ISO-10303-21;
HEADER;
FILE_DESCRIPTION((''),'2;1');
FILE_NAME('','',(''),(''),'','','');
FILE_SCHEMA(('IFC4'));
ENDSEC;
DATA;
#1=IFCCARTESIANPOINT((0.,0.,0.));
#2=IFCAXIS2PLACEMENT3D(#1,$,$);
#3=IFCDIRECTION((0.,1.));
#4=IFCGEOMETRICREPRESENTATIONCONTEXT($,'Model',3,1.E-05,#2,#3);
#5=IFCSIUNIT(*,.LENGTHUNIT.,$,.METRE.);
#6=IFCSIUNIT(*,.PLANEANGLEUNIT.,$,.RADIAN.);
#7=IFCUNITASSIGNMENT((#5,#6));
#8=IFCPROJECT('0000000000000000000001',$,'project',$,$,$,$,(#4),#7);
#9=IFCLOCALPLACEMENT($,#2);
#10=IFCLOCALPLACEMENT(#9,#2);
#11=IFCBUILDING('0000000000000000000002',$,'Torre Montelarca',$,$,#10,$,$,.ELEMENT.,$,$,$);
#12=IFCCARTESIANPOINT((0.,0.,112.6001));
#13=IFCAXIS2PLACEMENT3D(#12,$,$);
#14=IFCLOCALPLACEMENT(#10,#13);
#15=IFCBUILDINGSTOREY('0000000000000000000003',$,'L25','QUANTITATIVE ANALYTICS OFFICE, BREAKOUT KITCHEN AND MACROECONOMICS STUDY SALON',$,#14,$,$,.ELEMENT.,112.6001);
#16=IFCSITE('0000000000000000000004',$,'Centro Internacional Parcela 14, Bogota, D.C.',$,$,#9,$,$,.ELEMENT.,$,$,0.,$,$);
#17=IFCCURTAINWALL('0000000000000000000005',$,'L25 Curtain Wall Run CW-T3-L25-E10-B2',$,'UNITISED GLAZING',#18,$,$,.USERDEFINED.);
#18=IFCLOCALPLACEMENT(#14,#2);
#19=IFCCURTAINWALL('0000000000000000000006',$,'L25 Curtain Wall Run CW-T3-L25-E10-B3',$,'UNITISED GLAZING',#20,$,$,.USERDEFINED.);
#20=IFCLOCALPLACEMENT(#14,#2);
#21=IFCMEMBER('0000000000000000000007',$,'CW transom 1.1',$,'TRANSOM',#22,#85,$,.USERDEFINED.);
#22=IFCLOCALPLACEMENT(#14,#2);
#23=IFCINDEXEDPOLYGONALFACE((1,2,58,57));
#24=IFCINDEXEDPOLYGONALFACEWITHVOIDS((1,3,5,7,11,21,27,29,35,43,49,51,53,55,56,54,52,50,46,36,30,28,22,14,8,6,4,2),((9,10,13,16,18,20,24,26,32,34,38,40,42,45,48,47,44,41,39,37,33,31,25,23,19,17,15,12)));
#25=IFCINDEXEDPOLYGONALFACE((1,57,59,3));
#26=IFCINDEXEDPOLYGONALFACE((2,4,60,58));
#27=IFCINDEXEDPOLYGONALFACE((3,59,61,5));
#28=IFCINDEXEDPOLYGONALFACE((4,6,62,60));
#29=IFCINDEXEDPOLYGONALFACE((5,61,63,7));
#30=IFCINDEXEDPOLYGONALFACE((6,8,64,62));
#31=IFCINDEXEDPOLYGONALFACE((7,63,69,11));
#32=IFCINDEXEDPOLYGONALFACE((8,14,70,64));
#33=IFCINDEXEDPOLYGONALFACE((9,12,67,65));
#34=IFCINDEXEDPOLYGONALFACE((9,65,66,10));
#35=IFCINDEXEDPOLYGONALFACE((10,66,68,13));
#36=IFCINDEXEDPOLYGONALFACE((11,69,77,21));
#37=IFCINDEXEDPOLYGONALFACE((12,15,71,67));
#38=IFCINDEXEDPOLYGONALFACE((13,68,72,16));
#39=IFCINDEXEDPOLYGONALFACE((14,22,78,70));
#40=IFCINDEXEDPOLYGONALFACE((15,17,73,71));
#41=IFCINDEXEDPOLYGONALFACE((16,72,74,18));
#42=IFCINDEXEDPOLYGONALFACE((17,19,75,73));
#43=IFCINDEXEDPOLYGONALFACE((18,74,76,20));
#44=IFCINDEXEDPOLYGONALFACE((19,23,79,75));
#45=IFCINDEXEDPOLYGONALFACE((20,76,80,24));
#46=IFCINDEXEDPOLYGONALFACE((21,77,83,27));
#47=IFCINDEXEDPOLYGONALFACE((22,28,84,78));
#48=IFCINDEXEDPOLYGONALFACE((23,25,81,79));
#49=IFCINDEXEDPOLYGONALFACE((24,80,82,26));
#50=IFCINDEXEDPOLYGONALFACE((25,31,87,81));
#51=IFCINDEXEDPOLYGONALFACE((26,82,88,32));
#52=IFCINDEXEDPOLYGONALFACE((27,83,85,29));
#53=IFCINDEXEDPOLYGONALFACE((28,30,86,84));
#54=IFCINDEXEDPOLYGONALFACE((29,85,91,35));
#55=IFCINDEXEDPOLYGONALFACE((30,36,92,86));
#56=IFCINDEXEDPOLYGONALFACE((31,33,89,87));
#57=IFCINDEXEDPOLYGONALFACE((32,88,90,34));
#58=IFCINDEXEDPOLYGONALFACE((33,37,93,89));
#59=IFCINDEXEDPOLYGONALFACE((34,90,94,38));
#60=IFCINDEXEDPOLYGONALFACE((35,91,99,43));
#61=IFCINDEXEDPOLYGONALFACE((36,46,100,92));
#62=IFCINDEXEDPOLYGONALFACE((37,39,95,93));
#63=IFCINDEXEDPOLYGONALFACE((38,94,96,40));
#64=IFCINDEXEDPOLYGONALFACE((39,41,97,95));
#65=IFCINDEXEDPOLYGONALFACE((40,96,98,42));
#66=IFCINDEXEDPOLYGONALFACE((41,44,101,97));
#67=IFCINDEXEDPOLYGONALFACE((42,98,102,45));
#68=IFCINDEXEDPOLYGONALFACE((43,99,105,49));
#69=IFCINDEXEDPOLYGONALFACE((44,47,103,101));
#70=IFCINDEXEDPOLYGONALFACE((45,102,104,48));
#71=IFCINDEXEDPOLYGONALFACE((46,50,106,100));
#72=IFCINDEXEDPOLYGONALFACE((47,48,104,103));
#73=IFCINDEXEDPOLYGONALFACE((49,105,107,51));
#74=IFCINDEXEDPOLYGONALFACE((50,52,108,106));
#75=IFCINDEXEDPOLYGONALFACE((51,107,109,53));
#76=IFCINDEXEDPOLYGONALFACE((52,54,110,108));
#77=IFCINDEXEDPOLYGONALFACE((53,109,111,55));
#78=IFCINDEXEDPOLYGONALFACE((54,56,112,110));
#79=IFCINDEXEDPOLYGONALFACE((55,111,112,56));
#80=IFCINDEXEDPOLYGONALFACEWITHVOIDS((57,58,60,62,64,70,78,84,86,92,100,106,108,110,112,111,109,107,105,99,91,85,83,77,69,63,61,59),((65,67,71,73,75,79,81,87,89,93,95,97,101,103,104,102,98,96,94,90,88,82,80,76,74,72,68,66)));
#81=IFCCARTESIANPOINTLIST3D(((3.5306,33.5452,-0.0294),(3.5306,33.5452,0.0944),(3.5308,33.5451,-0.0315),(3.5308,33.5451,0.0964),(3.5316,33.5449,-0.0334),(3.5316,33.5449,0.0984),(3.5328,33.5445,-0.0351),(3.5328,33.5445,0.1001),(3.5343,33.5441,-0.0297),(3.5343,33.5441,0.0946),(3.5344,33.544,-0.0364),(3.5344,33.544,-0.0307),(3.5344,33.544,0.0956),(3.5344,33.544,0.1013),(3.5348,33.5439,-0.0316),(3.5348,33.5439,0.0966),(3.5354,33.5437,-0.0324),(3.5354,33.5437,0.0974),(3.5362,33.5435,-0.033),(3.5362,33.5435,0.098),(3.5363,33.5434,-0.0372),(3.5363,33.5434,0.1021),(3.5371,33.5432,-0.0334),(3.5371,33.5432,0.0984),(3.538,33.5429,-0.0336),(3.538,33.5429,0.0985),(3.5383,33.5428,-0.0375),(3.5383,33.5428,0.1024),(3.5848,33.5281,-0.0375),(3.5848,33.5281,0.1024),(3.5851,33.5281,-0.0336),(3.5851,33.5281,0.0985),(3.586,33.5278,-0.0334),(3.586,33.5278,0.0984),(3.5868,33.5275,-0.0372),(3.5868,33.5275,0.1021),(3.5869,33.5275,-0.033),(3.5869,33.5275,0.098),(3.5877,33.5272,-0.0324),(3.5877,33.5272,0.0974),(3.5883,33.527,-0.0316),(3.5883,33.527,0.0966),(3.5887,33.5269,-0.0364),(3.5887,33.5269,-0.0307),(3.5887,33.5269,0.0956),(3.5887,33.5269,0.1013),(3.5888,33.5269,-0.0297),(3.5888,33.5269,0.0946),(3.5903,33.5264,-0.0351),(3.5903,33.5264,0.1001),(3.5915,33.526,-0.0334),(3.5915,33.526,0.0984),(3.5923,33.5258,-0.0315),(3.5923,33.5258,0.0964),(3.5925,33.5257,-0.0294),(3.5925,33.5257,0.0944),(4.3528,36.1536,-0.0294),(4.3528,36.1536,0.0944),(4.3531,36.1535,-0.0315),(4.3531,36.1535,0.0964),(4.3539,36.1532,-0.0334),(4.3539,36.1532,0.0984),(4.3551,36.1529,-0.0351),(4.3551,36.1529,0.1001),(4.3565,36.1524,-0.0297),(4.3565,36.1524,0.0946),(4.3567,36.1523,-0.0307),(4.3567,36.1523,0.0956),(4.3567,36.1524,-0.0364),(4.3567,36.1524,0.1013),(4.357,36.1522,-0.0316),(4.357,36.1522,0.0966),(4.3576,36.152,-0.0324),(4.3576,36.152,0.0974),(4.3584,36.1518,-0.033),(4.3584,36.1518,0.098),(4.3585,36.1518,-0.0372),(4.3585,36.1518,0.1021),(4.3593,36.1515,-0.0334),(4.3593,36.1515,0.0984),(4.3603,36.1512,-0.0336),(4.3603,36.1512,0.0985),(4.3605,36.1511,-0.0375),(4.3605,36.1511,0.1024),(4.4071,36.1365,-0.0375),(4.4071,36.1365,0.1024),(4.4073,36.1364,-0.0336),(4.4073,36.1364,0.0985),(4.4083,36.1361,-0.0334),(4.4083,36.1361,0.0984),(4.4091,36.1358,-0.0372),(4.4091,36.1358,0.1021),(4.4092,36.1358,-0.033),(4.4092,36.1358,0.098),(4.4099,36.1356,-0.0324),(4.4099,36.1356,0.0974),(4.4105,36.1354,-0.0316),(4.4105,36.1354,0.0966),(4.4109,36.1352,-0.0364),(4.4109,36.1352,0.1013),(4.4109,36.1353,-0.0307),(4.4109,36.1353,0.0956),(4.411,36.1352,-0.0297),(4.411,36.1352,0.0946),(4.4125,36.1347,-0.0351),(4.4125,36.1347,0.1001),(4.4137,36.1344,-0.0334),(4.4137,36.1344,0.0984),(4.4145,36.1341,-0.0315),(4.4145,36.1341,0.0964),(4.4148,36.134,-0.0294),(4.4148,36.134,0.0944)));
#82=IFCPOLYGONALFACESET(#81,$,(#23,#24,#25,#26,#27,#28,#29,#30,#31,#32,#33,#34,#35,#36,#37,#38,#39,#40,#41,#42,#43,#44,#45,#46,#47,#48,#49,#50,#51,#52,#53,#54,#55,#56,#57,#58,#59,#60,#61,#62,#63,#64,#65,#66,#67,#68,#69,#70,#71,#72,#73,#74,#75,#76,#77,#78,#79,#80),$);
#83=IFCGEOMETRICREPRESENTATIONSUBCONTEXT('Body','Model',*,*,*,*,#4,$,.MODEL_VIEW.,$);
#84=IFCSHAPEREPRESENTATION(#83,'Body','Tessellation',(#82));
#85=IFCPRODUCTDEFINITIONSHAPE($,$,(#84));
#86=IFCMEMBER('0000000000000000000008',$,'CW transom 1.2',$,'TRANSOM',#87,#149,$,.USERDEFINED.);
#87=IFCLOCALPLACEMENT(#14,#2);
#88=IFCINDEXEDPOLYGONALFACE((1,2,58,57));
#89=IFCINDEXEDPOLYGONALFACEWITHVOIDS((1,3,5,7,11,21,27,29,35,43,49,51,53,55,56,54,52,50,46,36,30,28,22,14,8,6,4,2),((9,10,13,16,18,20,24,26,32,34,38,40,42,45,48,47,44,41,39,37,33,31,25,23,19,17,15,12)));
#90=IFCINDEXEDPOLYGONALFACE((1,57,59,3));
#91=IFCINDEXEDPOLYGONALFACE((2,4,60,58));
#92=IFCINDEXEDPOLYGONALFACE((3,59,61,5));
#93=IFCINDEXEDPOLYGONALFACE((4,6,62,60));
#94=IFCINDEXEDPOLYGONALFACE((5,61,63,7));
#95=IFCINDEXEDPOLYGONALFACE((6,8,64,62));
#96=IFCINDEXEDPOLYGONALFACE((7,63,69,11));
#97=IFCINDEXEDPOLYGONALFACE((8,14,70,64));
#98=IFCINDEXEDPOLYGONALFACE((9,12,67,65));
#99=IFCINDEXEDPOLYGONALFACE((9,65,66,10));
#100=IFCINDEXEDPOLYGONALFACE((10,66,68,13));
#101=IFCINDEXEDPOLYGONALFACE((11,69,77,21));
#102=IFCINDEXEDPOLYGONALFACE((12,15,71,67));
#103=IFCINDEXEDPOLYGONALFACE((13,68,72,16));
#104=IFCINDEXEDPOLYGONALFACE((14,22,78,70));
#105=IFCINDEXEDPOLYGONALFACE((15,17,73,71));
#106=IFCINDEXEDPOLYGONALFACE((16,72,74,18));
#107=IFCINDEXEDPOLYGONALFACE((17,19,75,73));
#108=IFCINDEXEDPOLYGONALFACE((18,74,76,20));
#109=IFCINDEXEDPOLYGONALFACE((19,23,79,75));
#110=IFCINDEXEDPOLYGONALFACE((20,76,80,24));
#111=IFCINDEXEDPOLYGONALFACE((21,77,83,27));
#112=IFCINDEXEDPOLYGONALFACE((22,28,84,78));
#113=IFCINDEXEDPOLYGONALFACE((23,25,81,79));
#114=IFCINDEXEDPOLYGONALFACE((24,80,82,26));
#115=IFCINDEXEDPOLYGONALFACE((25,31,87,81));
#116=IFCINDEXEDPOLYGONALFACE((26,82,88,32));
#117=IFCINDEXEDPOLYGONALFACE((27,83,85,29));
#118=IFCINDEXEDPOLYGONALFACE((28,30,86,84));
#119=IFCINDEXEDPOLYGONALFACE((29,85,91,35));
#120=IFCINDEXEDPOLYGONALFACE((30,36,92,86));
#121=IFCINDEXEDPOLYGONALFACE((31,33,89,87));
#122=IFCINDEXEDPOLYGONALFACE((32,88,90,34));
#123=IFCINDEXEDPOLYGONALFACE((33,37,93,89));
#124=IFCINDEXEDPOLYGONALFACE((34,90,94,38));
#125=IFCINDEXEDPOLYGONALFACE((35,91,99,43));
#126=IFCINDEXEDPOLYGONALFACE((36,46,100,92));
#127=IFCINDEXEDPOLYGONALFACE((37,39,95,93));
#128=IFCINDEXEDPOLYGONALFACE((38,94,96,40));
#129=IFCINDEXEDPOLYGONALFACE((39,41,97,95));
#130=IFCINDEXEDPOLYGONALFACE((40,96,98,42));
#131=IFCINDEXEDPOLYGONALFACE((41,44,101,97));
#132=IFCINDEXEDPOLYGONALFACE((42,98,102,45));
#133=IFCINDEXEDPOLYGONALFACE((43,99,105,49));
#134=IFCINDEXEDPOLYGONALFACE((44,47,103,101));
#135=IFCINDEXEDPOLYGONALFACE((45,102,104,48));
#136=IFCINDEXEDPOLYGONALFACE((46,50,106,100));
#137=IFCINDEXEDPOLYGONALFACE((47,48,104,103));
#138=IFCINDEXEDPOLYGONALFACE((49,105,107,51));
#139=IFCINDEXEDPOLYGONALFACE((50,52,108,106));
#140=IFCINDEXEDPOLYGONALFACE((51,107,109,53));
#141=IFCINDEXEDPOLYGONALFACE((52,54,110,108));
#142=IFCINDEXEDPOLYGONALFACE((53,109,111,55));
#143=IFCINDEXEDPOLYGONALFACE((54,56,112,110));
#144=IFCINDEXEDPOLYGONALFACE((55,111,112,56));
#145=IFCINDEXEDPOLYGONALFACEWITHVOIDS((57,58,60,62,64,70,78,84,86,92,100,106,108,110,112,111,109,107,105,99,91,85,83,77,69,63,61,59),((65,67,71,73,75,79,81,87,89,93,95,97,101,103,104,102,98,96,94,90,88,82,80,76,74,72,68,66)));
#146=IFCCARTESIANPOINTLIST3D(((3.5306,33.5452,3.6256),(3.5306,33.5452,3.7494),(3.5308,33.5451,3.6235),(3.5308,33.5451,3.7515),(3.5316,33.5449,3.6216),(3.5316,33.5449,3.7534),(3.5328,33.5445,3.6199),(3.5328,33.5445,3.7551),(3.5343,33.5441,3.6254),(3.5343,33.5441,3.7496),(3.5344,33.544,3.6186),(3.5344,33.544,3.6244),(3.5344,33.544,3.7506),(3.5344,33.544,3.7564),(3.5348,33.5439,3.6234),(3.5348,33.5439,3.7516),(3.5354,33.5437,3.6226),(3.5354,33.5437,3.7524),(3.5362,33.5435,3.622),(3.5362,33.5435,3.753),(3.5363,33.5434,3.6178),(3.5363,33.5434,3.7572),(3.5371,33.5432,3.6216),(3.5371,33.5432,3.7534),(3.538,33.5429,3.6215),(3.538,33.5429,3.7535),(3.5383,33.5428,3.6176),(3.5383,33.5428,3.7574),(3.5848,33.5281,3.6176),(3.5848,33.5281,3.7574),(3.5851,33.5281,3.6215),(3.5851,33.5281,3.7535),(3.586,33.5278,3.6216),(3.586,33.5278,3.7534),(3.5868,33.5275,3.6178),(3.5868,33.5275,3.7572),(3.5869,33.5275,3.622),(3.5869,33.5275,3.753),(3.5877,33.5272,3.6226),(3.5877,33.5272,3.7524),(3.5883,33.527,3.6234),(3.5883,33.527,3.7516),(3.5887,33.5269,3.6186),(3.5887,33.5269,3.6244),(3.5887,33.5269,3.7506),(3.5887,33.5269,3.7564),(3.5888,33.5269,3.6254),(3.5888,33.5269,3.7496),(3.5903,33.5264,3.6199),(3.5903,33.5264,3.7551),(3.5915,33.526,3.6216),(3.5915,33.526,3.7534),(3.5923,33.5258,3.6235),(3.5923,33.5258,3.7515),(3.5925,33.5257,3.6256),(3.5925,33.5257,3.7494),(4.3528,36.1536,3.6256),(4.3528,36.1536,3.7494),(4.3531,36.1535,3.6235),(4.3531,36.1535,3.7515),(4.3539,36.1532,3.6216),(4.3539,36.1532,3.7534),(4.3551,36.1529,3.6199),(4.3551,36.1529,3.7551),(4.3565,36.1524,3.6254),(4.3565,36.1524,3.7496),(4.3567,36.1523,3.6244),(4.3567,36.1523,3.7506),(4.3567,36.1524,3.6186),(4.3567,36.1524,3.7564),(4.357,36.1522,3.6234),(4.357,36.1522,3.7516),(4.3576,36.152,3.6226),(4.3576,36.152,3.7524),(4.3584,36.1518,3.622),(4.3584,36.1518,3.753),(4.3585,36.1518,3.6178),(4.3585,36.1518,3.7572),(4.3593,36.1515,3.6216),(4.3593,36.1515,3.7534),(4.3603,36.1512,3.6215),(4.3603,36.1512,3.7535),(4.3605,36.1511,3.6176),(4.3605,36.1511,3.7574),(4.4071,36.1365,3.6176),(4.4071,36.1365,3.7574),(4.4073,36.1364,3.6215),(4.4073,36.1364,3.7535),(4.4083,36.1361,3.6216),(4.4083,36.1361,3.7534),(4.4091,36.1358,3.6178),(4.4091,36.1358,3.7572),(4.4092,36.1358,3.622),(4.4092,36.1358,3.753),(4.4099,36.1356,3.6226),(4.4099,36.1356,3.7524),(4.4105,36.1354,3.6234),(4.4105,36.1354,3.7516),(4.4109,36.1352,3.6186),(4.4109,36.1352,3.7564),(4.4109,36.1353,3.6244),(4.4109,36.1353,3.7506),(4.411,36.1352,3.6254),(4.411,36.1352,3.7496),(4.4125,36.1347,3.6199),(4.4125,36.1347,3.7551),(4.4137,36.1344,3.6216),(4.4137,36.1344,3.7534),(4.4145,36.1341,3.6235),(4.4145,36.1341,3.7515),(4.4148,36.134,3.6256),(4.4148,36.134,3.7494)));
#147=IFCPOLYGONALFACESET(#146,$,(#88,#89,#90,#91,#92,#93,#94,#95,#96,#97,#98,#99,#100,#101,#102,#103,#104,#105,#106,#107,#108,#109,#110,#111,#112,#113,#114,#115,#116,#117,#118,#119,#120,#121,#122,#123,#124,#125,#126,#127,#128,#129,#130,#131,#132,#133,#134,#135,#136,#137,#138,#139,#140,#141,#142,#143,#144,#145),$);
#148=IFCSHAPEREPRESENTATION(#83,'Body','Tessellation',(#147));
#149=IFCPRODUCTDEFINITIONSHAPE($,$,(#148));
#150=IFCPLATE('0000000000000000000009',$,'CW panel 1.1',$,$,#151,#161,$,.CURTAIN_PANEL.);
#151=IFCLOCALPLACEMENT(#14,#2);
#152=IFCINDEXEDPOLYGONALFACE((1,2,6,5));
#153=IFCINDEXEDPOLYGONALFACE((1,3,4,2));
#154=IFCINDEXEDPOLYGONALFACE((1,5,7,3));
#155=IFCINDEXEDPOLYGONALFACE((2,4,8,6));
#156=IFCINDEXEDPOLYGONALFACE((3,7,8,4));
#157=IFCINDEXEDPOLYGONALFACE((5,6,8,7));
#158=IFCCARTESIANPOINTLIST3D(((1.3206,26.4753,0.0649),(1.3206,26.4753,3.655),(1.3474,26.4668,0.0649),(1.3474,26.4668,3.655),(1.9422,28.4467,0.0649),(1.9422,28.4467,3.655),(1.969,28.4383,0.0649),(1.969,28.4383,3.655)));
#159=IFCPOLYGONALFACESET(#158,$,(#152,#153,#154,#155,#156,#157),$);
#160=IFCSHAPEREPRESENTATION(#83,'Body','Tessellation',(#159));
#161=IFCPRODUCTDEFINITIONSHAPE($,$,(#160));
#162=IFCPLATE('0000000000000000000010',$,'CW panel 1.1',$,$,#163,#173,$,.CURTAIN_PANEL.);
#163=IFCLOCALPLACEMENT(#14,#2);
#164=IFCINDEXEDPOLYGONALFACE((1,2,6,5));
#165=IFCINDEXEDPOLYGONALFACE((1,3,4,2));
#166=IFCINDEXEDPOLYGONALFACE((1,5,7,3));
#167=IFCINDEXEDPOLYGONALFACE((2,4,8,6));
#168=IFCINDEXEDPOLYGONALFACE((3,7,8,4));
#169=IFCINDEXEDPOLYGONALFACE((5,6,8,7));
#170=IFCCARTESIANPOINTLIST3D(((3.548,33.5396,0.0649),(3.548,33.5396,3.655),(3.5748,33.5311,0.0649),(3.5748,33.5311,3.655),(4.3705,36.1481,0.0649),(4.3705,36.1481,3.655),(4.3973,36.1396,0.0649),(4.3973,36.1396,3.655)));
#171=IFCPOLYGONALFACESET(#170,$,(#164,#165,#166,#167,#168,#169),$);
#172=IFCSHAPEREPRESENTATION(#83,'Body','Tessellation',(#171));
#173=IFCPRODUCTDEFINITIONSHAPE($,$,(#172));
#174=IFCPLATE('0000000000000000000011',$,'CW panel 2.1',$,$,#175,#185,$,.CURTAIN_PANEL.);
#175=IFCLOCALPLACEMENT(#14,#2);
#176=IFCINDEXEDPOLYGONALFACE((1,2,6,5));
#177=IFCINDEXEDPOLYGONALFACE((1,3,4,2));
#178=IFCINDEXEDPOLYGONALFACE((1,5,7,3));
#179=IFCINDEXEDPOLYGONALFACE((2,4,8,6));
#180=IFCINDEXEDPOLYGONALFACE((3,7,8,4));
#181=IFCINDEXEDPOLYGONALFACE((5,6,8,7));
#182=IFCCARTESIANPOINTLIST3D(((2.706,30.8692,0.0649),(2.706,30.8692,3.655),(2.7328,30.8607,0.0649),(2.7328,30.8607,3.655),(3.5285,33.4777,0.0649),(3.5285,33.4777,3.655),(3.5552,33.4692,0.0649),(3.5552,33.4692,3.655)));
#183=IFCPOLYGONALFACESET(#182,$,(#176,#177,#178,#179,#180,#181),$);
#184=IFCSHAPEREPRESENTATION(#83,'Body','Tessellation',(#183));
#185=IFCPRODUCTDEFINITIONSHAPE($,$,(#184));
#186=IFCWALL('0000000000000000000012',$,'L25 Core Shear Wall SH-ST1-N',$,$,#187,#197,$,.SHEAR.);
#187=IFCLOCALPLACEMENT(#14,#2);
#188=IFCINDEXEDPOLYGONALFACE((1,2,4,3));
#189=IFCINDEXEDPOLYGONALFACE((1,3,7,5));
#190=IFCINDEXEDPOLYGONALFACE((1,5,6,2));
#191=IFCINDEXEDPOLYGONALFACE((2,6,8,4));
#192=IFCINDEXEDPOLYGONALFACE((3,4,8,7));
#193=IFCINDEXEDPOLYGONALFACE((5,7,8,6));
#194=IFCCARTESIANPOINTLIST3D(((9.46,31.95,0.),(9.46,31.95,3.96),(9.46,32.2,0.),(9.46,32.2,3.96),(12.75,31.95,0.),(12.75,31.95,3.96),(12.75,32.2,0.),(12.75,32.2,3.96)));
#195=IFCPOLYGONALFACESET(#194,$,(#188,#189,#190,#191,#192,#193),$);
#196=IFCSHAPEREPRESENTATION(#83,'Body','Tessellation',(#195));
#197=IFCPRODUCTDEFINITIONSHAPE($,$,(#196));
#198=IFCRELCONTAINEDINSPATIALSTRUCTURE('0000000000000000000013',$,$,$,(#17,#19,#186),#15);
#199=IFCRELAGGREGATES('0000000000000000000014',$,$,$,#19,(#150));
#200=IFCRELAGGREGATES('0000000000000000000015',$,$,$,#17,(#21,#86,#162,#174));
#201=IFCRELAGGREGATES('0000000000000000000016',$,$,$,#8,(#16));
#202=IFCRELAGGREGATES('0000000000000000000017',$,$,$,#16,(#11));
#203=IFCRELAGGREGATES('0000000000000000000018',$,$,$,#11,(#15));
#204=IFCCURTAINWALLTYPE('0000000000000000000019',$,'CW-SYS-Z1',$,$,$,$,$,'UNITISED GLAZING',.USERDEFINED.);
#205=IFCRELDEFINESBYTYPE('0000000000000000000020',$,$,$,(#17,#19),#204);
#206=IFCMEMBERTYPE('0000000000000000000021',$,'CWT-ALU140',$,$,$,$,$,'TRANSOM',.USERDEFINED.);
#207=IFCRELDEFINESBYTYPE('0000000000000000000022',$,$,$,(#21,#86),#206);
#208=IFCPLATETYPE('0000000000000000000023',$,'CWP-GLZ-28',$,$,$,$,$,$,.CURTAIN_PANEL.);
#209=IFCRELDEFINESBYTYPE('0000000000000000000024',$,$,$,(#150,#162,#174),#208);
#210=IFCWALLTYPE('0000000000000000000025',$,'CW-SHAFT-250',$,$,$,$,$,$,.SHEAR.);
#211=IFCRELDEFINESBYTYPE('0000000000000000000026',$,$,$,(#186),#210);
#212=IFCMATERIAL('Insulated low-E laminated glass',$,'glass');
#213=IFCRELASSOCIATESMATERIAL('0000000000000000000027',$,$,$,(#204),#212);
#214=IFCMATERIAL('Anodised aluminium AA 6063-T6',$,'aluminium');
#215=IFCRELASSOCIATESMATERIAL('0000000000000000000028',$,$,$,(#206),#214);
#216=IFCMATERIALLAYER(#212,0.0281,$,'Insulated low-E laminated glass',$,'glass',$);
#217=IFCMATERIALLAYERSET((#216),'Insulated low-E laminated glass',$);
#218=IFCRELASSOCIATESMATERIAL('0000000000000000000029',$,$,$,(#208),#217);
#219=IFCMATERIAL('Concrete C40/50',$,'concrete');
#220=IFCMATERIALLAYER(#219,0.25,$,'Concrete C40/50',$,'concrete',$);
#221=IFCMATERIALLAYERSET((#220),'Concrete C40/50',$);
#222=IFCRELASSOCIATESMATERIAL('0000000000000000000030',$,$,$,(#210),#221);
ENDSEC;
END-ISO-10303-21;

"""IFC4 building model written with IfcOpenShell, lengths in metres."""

from ifc_helpers import new_model, si_unit, direction, frame, frame_2d, origin, origin_2d, place, context, subcontext, project, spatial, rectangle, hollow_rectangle, extrude, source, transform, mapped, material, layer, layer_set, material_profile, profile_set, type_object, element, aggregate, save


model = new_model("IFC4")

# Units and contexts
model_context = context("Model", 3, precision=1e-05, world=origin(), true_north=direction((0.0, 1.0)))
body_context = subcontext(model_context, "Body", "Model", "MODEL_VIEW")
ifc_project = project(units=[si_unit("LENGTHUNIT", "METRE"), si_unit("PLANEANGLEUNIT", "RADIAN")], contexts=[model_context])

# Site, building, storey
site_placement = place(None, origin())
site = spatial("IfcSite", under=ifc_project, at=site_placement, Name="Centro Internacional Parcela 14, Bogota, D.C.", CompositionType="ELEMENT", RefElevation=0.0)
building_placement = place(site_placement, origin())
building = spatial("IfcBuilding", under=site, at=building_placement, Name="Torre Montelarca", CompositionType="ELEMENT")
storey_placement = place(building_placement, frame((0.0, 0.0, 112.6001)))
storey = spatial("IfcBuildingStorey", under=building, at=storey_placement, Name="L25", Description="QUANTITATIVE ANALYTICS OFFICE, BREAKOUT KITCHEN AND MACROECONOMICS STUDY SALON", CompositionType="ELEMENT", Elevation=112.6001)

# Curtain walls
ifc_material_1 = material(Name="Insulated low-E laminated glass", Category="glass")
curtain_wall_type = type_object("IfcCurtainWallType", Name="CW-SYS-Z1", ElementType="UNITISED GLAZING", PredefinedType="USERDEFINED", material=ifc_material_1)
curtain_wall_1_placement = place(storey_placement, origin())
curtain_wall_1 = element("IfcCurtainWall", 1, at=curtain_wall_1_placement, inside=storey, type_object=curtain_wall_type, Name="L25 Curtain Wall Run CW-T3-L25-E10-B2", ObjectType="UNITISED GLAZING", PredefinedType="USERDEFINED")
ifc_material_2 = material(Name="Anodised aluminium AA 6063-T6", Category="aluminium")
ifc_material_profile_1 = material_profile(ifc_material_2, hollow_rectangle(XDim=0.0649, YDim=0.1399, WallThickness=0.0039, InnerFilletRadius=0.0039, OuterFilletRadius=0.0081, at=origin_2d()), Name="ALU65X140X4", Category="aluminium")
ifc_profile_set_1 = profile_set([ifc_material_profile_1], Name="Anodised aluminium AA 6063-T6")
member_type_1 = type_object("IfcMemberType", Name="CWT-ALU140", ElementType="TRANSOM", PredefinedType="USERDEFINED", material=ifc_profile_set_1)
curtain_wall_2_placement = place(storey_placement, origin())
curtain_wall_2 = element("IfcCurtainWall", 2, at=curtain_wall_2_placement, inside=storey, type_object=curtain_wall_type, Name="L25 Curtain Wall Run CW-T3-L25-E10-B3", ObjectType="UNITISED GLAZING", PredefinedType="USERDEFINED")

# Members
shared_shape_1 = source(origin(), body_context, "Body", "SweptSolid", [
    extrude(hollow_rectangle(XDim=0.0649, YDim=0.1399, WallThickness=0.0039, InnerFilletRadius=0.0039, OuterFilletRadius=0.0081, at=origin_2d()), origin(), (0.0, 0.0, 1.0), 2.7349),
])
member_1_placement = place(storey_placement, frame((4.3838, 36.1438, 0.0325), z_axis=(-0.300653, -0.953734, 0.0), x_axis=(0.953734, -0.300653, 0.0)))
member_1 = element("IfcMember", 3, at=member_1_placement, type_object=member_type_1, Name="CW transom 1.1", ObjectType="TRANSOM", PredefinedType="USERDEFINED", context=body_context, shape_type="MappedRepresentation", body=[
    mapped(shared_shape_1, transform((0.0, 0.0, 0.0), scale=1.0)),
])
member_2_placement = place(storey_placement, frame((4.3838, 36.1438, 3.6875), z_axis=(-0.300653, -0.953734, 0.0), x_axis=(0.953734, -0.300653, 0.0)))
member_2 = element("IfcMember", 4, at=member_2_placement, type_object=member_type_1, Name="CW transom 1.2", ObjectType="TRANSOM", PredefinedType="USERDEFINED", context=body_context, shape_type="MappedRepresentation", body=[
    mapped(shared_shape_1, transform((0.0, 0.0, 0.0), scale=1.0)),
])

# Plates
ifc_layer_1 = layer(ifc_material_1, 0.0281, Name="Insulated low-E laminated glass", Category="glass")
ifc_layer_set_1 = layer_set([ifc_layer_1], Name="Insulated low-E laminated glass")
plate_type = type_object("IfcPlateType", Name="CWP-GLZ-28", PredefinedType="CURTAIN_PANEL", material=ifc_layer_set_1)
shared_shape_2 = source(origin(), body_context, "Body", "SweptSolid", [
    extrude(rectangle(XDim=2.0671, YDim=0.0281, at=origin_2d()), origin(), (0.0, 0.0, 1.0), 3.5901),
])
plate_1_placement = place(storey_placement, frame((1.6448, 27.4568, 0.0649), z_axis=(0.0, 0.0, 1.0), x_axis=(-0.300705, -0.953717, 0.0)))
plate_1 = element("IfcPlate", 5, at=plate_1_placement, type_object=plate_type, Name="CW panel 1.1", PredefinedType="CURTAIN_PANEL", context=body_context, shape_type="MappedRepresentation", body=[
    mapped(shared_shape_2, transform((0.0, 0.0, 0.0), scale=1.0)),
])
aggregate(curtain_wall_2, [plate_1])
shared_shape_3 = source(origin(), body_context, "Body", "SweptSolid", [
    extrude(rectangle(XDim=2.7351, YDim=0.0281, at=origin_2d()), origin(), (0.0, 0.0, 1.0), 3.5901),
])
plate_2_placement = place(storey_placement, frame((3.9727, 34.8396, 0.0649), z_axis=(0.0, 0.0, 1.0), x_axis=(-0.300706, -0.953717, 0.0)))
plate_2 = element("IfcPlate", 6, at=plate_2_placement, type_object=plate_type, Name="CW panel 1.1", PredefinedType="CURTAIN_PANEL", context=body_context, shape_type="MappedRepresentation", body=[
    mapped(shared_shape_3, transform((0.0, 0.0, 0.0), scale=1.0)),
])
plate_3_placement = place(storey_placement, frame((3.1306, 32.1692, 0.0649), z_axis=(0.0, 0.0, 1.0), x_axis=(-0.300706, -0.953717, 0.0)))
plate_3 = element("IfcPlate", 7, at=plate_3_placement, type_object=plate_type, Name="CW panel 2.1", PredefinedType="CURTAIN_PANEL", context=body_context, shape_type="MappedRepresentation", body=[
    mapped(shared_shape_3, transform((0.0, 0.0, 0.0), scale=1.0)),
])
aggregate(curtain_wall_1, [member_1, member_2, plate_2, plate_3])

# Wall
ifc_material_3 = material(Name="Concrete C40/50", Category="concrete")
ifc_layer_2 = layer(ifc_material_3, 0.25, Name="Concrete C40/50", Category="concrete")
ifc_layer_set_2 = layer_set([ifc_layer_2], Name="Concrete C40/50")
wall_type = type_object("IfcWallType", Name="CW-SHAFT-250", PredefinedType="SHEAR", material=ifc_layer_set_2)
wall_1_placement = place(storey_placement, frame((9.46, 32.075, 0.0), z_axis=(0.0, 0.0, 1.0), x_axis=(1.0, 0.0, 0.0)))
element("IfcWall", 8, at=wall_1_placement, inside=storey, type_object=wall_type, Name="L25 Core Shear Wall SH-ST1-N", PredefinedType="SHEAR", context=body_context, shape_type="SweptSolid", body=[
    extrude(rectangle(XDim=3.29, YDim=0.25, at=frame_2d((1.645, 0.0))), origin(), (0.0, 0.0, 1.0), 3.96),
])

save(model, "model.ifc")
